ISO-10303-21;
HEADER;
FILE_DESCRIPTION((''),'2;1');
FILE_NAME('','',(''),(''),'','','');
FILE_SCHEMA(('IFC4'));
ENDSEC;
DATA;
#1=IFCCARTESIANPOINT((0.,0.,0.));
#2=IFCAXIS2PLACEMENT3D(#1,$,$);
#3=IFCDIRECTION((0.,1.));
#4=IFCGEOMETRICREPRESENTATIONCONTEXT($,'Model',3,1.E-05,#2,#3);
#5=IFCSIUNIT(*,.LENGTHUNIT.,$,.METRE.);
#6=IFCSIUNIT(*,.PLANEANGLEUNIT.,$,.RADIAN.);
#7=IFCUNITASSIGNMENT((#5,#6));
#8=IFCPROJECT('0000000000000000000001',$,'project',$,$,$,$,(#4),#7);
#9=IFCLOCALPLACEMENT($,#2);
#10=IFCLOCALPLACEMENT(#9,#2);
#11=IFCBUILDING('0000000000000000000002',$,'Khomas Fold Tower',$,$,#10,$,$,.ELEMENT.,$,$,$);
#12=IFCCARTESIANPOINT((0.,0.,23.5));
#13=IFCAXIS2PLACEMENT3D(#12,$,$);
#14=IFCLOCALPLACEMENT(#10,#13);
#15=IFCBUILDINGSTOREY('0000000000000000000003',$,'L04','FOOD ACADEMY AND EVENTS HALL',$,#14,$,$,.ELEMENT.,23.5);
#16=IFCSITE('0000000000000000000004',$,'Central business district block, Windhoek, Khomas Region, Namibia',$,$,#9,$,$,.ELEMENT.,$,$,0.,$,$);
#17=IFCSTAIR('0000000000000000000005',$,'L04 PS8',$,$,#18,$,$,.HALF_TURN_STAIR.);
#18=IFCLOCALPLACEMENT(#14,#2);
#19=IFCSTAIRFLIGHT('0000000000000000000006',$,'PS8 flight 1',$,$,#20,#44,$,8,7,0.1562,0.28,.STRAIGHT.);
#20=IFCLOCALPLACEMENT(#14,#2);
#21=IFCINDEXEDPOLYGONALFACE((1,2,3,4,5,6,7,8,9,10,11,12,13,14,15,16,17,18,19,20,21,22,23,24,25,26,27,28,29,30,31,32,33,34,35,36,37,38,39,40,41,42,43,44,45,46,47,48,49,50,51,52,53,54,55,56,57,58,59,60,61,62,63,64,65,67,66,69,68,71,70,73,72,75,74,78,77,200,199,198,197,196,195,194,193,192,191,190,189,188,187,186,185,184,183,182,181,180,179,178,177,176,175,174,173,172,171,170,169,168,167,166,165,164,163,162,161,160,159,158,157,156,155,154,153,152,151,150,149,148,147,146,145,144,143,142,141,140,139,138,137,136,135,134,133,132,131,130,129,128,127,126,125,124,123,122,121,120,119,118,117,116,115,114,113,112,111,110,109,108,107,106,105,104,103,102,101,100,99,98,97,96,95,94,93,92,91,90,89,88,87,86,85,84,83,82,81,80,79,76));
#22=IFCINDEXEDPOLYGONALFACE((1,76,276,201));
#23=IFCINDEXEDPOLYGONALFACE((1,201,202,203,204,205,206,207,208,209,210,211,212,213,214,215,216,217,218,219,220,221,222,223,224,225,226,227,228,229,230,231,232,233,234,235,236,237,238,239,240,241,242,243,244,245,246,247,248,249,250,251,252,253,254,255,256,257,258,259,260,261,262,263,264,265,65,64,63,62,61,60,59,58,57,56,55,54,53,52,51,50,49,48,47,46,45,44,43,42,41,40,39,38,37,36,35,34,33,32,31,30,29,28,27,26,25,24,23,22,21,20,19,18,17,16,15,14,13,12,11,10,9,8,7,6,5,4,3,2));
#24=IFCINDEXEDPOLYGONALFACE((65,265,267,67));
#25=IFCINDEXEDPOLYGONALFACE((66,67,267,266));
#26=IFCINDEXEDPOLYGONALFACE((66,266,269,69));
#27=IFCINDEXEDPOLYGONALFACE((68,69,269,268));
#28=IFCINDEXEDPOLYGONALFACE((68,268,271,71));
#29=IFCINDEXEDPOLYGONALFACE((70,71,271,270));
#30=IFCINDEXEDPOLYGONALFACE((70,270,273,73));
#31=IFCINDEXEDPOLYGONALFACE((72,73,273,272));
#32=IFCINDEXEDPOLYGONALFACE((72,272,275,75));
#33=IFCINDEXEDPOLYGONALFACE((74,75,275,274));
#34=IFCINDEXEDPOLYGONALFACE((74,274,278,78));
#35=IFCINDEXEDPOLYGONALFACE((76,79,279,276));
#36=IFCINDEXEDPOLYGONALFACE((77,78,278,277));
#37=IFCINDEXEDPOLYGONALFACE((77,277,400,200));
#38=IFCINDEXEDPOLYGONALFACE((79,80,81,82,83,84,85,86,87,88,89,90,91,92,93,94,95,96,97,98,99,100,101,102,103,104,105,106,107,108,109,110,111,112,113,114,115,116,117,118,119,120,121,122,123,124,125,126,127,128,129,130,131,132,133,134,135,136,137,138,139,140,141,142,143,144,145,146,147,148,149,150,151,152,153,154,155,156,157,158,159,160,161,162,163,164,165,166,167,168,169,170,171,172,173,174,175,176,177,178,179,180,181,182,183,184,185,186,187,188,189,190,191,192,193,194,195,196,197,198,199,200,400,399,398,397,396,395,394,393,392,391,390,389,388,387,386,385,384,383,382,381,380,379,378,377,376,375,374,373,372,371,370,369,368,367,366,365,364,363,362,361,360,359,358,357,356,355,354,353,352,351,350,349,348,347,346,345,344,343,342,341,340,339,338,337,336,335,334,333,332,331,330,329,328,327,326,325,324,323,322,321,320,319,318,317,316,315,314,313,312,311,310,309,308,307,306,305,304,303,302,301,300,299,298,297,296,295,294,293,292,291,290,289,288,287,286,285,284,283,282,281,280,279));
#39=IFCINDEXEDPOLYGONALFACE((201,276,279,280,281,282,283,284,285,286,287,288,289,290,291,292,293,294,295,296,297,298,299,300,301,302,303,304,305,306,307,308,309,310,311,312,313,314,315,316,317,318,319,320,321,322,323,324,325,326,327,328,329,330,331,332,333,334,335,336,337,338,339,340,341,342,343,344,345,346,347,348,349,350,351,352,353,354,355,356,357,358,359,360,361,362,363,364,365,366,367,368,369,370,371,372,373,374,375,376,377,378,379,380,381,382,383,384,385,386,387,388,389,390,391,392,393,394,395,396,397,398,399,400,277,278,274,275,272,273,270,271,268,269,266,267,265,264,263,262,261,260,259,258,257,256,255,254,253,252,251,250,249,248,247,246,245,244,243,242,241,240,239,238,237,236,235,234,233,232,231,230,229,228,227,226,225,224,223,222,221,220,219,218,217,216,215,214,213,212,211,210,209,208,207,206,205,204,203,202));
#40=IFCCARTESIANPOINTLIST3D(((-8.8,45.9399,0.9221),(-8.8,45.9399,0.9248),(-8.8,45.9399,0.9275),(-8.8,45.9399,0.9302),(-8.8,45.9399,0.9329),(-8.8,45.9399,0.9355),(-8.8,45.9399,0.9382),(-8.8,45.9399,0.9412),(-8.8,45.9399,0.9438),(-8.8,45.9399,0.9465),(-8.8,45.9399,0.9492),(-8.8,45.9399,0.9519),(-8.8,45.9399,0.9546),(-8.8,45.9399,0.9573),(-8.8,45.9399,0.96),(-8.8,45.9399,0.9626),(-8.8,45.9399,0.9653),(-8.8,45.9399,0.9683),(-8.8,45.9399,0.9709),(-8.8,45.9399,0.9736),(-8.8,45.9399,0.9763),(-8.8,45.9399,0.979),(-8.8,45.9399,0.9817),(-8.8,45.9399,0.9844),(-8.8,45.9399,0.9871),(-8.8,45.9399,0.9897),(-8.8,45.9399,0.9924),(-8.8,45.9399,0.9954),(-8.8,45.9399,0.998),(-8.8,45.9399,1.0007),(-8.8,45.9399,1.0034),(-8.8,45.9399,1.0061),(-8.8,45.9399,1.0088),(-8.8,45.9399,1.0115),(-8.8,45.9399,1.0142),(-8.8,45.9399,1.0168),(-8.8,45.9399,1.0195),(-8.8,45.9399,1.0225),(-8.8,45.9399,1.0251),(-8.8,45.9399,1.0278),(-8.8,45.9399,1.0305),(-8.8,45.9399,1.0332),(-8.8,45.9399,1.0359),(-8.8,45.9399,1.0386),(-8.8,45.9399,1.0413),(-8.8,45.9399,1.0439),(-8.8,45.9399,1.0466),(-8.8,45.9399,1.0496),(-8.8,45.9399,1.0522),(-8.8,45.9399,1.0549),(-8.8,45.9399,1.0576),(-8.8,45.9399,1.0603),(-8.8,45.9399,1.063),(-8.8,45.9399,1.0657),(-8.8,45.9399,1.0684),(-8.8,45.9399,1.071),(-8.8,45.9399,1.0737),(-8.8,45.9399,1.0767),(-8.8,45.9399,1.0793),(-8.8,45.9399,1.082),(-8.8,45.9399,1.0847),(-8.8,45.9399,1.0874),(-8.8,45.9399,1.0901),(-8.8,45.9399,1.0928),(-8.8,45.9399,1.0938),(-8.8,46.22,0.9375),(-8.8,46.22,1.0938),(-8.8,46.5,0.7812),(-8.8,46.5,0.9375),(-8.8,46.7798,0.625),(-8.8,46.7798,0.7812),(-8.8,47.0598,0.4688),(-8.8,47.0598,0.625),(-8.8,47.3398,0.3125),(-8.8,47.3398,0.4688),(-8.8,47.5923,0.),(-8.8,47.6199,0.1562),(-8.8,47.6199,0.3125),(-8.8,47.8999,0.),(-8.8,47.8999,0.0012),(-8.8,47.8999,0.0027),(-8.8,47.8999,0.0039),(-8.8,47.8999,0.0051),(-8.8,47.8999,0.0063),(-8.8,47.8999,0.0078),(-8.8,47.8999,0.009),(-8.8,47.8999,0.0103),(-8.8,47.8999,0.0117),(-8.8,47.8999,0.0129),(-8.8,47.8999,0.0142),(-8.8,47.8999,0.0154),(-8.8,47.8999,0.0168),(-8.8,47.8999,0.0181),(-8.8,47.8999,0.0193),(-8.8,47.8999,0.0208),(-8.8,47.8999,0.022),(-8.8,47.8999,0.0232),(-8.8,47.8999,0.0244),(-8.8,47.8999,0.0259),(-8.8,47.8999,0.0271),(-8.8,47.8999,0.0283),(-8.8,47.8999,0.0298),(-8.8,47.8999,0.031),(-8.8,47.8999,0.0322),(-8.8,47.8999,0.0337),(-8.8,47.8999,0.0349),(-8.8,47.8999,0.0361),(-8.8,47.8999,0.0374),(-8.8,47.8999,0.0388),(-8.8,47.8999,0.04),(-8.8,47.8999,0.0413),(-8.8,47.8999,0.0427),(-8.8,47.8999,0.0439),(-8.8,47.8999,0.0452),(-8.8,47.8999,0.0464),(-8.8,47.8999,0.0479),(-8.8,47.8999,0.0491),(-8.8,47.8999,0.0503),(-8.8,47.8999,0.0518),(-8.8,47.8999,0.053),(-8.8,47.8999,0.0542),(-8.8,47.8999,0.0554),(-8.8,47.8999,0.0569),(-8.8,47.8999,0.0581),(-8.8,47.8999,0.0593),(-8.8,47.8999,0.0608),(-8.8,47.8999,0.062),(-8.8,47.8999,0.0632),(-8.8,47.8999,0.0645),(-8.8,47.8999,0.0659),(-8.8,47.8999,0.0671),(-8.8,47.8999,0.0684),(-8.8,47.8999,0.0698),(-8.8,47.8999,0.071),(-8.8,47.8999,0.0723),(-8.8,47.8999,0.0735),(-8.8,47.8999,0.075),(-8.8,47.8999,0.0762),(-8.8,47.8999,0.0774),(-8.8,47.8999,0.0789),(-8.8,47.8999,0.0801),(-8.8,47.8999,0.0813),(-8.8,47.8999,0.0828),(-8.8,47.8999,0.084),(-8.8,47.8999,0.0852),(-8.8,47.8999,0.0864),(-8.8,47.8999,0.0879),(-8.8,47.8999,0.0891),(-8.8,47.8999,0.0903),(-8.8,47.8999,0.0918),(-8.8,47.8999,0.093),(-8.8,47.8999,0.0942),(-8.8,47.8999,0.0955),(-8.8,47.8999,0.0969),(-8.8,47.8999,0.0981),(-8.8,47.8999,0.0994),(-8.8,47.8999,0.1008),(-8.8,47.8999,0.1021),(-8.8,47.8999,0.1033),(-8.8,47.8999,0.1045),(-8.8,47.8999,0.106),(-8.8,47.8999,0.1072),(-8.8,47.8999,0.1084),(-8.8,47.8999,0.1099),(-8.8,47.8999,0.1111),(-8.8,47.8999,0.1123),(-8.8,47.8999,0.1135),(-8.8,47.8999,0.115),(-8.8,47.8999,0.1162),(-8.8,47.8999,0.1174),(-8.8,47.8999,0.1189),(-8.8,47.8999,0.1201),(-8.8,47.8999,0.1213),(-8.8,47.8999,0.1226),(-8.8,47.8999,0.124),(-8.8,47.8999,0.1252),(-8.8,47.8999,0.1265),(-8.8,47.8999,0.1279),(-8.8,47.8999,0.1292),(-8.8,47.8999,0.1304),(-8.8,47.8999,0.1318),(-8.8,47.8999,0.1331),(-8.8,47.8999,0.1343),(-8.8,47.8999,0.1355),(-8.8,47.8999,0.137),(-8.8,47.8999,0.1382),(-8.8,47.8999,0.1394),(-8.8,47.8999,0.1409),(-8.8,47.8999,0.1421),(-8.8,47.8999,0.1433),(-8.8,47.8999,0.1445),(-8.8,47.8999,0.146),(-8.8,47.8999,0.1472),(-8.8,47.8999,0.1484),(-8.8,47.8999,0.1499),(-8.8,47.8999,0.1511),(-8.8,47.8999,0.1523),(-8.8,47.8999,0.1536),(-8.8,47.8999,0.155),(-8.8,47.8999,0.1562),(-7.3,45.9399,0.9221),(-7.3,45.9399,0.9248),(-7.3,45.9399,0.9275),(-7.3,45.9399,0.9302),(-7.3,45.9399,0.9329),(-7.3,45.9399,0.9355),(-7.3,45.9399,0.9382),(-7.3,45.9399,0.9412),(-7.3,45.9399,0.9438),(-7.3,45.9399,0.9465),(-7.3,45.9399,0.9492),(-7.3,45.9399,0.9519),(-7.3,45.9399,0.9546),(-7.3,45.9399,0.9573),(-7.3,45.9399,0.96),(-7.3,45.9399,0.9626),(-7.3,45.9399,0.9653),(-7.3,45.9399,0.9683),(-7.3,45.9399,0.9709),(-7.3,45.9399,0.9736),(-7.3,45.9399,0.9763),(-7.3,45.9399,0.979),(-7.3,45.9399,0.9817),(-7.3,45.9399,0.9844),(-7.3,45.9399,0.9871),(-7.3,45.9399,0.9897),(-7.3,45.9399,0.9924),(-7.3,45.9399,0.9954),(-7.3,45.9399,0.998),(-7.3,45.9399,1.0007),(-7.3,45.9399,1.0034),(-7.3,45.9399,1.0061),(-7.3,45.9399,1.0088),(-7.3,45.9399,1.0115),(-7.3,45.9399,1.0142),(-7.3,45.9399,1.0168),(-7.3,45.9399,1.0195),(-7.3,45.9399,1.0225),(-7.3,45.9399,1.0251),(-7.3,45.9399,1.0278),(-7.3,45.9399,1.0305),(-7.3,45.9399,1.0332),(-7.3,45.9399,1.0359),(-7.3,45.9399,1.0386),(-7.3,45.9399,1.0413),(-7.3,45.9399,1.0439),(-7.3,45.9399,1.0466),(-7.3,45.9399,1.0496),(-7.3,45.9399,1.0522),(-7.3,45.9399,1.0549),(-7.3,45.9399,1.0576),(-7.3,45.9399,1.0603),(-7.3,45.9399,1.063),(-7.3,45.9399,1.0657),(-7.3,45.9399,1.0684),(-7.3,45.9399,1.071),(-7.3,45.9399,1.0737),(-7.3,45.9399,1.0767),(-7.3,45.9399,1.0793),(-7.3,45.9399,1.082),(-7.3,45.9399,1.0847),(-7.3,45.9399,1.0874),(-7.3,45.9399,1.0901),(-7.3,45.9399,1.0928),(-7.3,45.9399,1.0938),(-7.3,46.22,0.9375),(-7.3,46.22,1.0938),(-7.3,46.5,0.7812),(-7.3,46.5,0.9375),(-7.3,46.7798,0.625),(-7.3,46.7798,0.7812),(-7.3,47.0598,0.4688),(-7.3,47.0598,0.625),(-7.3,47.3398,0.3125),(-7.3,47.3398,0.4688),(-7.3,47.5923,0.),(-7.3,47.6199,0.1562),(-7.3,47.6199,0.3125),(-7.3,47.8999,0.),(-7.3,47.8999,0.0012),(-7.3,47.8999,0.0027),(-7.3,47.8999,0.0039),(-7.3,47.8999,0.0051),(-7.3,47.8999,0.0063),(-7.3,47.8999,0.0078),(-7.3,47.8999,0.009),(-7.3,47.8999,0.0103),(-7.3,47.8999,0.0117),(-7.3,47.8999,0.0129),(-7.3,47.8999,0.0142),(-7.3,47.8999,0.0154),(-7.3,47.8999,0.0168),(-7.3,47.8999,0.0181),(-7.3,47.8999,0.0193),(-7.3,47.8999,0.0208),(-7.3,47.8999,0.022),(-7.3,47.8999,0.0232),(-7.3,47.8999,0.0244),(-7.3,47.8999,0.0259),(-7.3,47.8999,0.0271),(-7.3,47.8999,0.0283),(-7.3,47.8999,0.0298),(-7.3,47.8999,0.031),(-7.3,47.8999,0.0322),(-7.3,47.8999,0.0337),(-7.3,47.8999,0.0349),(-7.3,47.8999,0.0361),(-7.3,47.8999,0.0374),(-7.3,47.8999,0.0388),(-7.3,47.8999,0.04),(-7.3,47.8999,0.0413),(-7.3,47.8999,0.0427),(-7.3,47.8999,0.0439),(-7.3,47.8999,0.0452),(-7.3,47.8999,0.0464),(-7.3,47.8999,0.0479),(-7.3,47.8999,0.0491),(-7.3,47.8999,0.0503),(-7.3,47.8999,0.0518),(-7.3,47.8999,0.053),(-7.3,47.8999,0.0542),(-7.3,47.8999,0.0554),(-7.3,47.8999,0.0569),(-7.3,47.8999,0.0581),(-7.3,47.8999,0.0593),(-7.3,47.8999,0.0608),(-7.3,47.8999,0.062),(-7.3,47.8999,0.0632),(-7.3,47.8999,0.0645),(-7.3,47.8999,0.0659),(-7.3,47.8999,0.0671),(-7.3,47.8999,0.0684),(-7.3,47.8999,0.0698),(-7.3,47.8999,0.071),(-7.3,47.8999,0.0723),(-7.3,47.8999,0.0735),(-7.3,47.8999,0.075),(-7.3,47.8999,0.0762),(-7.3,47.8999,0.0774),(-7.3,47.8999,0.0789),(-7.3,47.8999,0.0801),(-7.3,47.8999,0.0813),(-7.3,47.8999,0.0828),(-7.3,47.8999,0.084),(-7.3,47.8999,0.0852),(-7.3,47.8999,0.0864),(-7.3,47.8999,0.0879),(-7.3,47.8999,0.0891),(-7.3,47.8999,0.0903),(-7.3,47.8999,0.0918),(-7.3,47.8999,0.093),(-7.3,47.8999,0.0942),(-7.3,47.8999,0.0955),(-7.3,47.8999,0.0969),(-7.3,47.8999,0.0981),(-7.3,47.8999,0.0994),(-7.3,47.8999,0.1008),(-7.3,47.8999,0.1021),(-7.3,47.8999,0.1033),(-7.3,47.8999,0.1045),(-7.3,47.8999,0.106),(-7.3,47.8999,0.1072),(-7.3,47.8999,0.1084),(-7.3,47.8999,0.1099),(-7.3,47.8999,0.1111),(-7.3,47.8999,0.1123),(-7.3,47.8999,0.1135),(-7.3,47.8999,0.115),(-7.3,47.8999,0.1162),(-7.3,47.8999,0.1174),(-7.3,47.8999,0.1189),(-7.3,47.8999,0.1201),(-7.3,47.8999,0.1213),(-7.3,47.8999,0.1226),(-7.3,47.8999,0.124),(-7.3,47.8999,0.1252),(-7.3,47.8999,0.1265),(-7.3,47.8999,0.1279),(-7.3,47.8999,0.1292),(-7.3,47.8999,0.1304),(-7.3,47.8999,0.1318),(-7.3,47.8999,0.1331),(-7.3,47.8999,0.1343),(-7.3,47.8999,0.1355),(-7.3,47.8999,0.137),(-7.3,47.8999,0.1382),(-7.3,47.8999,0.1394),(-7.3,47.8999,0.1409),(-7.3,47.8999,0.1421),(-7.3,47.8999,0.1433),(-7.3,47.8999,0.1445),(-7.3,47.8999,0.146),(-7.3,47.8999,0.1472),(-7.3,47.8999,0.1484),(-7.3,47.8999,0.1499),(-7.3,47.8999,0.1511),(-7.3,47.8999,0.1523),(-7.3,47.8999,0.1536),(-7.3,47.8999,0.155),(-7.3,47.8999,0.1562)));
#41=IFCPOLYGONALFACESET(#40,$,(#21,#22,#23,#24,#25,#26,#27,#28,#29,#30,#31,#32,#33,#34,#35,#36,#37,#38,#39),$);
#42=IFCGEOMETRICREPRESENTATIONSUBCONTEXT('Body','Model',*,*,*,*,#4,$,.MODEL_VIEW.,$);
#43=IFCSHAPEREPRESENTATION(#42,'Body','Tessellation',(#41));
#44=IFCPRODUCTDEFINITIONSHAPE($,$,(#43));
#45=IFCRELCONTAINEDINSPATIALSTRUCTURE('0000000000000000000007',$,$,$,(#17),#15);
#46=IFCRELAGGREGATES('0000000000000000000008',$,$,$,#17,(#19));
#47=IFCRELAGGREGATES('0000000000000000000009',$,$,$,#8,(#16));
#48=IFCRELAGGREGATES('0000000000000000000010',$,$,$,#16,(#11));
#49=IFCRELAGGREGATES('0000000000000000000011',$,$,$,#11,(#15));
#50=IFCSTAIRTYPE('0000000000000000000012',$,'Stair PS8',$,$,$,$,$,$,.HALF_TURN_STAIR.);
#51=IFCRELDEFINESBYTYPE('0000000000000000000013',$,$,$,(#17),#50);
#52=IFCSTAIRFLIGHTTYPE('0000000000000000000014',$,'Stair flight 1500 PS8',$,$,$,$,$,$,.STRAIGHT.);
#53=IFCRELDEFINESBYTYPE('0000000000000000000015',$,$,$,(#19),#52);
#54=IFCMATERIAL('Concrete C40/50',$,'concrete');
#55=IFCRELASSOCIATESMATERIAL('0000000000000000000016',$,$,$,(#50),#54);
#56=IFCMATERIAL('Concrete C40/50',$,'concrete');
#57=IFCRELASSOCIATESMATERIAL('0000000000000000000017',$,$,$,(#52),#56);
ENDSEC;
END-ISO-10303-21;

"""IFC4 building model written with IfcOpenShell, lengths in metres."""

from ifc_helpers import new_model, si_unit, direction, frame, origin, place, context, subcontext, project, spatial, polyline, outline, extrude, source, transform, mapped, material, type_object, element, aggregate, save


model = new_model("IFC4")

# Units and contexts
model_context = context("Model", 3, precision=1e-05, world=origin(), true_north=direction((0.0, 1.0)))
body_context = subcontext(model_context, "Body", "Model", "MODEL_VIEW")
ifc_project = project(units=[si_unit("LENGTHUNIT", "METRE"), si_unit("PLANEANGLEUNIT", "RADIAN")], contexts=[model_context])

# Site, building, storey
site_placement = place(None, origin())
site = spatial("IfcSite", under=ifc_project, at=site_placement, Name="Central business district block, Windhoek, Khomas Region, Namibia", CompositionType="ELEMENT", RefElevation=0.0)
building_placement = place(site_placement, origin())
building = spatial("IfcBuilding", under=site, at=building_placement, Name="Khomas Fold Tower", CompositionType="ELEMENT")
storey_placement = place(building_placement, frame((0.0, 0.0, 23.5)))
storey = spatial("IfcBuildingStorey", under=building, at=storey_placement, Name="L04", Description="FOOD ACADEMY AND EVENTS HALL", CompositionType="ELEMENT", Elevation=23.5)

# Stair, stair flight
shared_shape_1 = source(origin(), body_context, "Body", "SweptSolid", [
    extrude(outline(polyline([(0.0, 0.0), (0.0, 0.0012), (0.0, 0.0027), (0.0, 0.0039), (0.0, 0.0051), (0.0, 0.0063), (0.0, 0.0078), (0.0, 0.009), (0.0, 0.0103), (0.0, 0.0117), (0.0, 0.0129), (0.0, 0.0142), (0.0, 0.0154), (0.0, 0.0168), (0.0, 0.0181), (0.0, 0.0193), (0.0, 0.0208), (0.0, 0.022), (0.0, 0.0232), (0.0, 0.0244), (0.0, 0.0259), (0.0, 0.0271), (0.0, 0.0283), (0.0, 0.0298), (0.0, 0.031), (0.0, 0.0322), (0.0, 0.0337), (0.0, 0.0349), (0.0, 0.0361), (0.0, 0.0374), (0.0, 0.0388), (0.0, 0.04), (0.0, 0.0413), (0.0, 0.0427), (0.0, 0.0439), (0.0, 0.0452), (0.0, 0.0464), (0.0, 0.0479), (0.0, 0.0491), (0.0, 0.0503), (0.0, 0.0518), (0.0, 0.053), (0.0, 0.0542), (0.0, 0.0554), (0.0, 0.0569), (0.0, 0.0581), (0.0, 0.0593), (0.0, 0.0608), (0.0, 0.062), (0.0, 0.0632), (0.0, 0.0645), (0.0, 0.0659), (0.0, 0.0671), (0.0, 0.0684), (0.0, 0.0698), (0.0, 0.071), (0.0, 0.0723), (0.0, 0.0735), (0.0, 0.075), (0.0, 0.0762), (0.0, 0.0774), (0.0, 0.0789), (0.0, 0.0801), (0.0, 0.0813), (0.0, 0.0828), (0.0, 0.084), (0.0, 0.0852), (0.0, 0.0864), (0.0, 0.0879), (0.0, 0.0891), (0.0, 0.0903), (0.0, 0.0918), (0.0, 0.093), (0.0, 0.0942), (0.0, 0.0955), (0.0, 0.0969), (0.0, 0.0981), (0.0, 0.0994), (0.0, 0.1008), (0.0, 0.1021), (0.0, 0.1033), (0.0, 0.1045), (0.0, 0.106), (0.0, 0.1072), (0.0, 0.1084), (0.0, 0.1099), (0.0, 0.1111), (0.0, 0.1123), (0.0, 0.1135), (0.0, 0.115), (0.0, 0.1162), (0.0, 0.1174), (0.0, 0.1189), (0.0, 0.1201), (0.0, 0.1213), (0.0, 0.1226), (0.0, 0.124), (0.0, 0.1252), (0.0, 0.1265), (0.0, 0.1279), (0.0, 0.1292), (0.0, 0.1304), (0.0, 0.1318), (0.0, 0.1331), (0.0, 0.1343), (0.0, 0.1355), (0.0, 0.137), (0.0, 0.1382), (0.0, 0.1394), (0.0, 0.1409), (0.0, 0.1421), (0.0, 0.1433), (0.0, 0.1445), (0.0, 0.146), (0.0, 0.1472), (0.0, 0.1484), (0.0, 0.1499), (0.0, 0.1511), (0.0, 0.1523), (0.0, 0.1536), (0.0, 0.155), (0.0, 0.1562), (0.28, 0.1562), (0.28, 0.3125), (0.5601, 0.3125), (0.5601, 0.4688), (0.8401, 0.4688), (0.8401, 0.625), (1.1201, 0.625), (1.1201, 0.7812), (1.3999, 0.7812), (1.3999, 0.9375), (1.6799, 0.9375), (1.6799, 1.0938), (1.96, 1.0938), (1.96, 1.25), (1.96, 1.2473), (1.96, 1.2446), (1.96, 1.2419), (1.96, 1.2393), (1.96, 1.2363), (1.96, 1.2336), (1.96, 1.231), (1.96, 1.2283), (1.96, 1.2256), (1.96, 1.2229), (1.96, 1.2202), (1.96, 1.2175), (1.96, 1.2148), (1.96, 1.2122), (1.96, 1.2092), (1.96, 1.2065), (1.96, 1.2039), (1.96, 1.2012), (1.96, 1.1985), (1.96, 1.1958), (1.96, 1.1931), (1.96, 1.1904), (1.96, 1.1877), (1.96, 1.1851), (1.96, 1.1821), (1.96, 1.1794), (1.96, 1.1768), (1.96, 1.1741), (1.96, 1.1714), (1.96, 1.1687), (1.96, 1.166), (1.96, 1.1633), (1.96, 1.1606), (1.96, 1.158), (1.96, 1.155), (1.96, 1.1523), (1.96, 1.1497), (1.96, 1.147), (1.96, 1.1443), (1.96, 1.1416), (1.96, 1.1389), (1.96, 1.1362), (1.96, 1.1335), (1.96, 1.1309), (1.96, 1.1279), (1.96, 1.1252), (1.96, 1.1226), (1.96, 1.1199), (1.96, 1.1172), (1.96, 1.1145), (1.96, 1.1118), (1.96, 1.1091), (1.96, 1.1064), (1.96, 1.1038), (1.96, 1.1008), (1.96, 1.0981), (1.96, 1.0955), (1.96, 1.0928), (1.96, 1.0901), (1.96, 1.0874), (1.96, 1.0847), (1.96, 1.082), (1.96, 1.0793), (1.96, 1.0767), (1.96, 1.0737), (1.96, 1.071), (1.96, 1.0684), (1.96, 1.0657), (1.96, 1.063), (1.96, 1.0603), (1.96, 1.0576), (1.96, 1.0549), (1.96, 1.0522), (1.96, 1.0496), (1.96, 1.0466), (1.96, 1.0439), (1.96, 1.0413), (1.96, 1.0386), (1.96, 1.0359), (1.96, 1.0332), (1.96, 1.0305), (1.96, 1.0278), (1.96, 1.0251), (1.96, 1.0225), (1.96, 1.0195), (1.96, 1.0168), (1.96, 1.0142), (1.96, 1.0115), (1.96, 1.0088), (1.96, 1.0061), (1.96, 1.0034), (1.96, 1.0007), (1.96, 0.998), (1.96, 0.9954), (1.96, 0.9924), (1.96, 0.9897), (1.96, 0.9871), (1.96, 0.9844), (1.96, 0.9817), (1.96, 0.979), (1.96, 0.9763), (1.96, 0.9736), (1.96, 0.9709), (1.96, 0.9683), (1.96, 0.9653), (1.96, 0.9626), (1.96, 0.96), (1.96, 0.9573), (1.96, 0.9546), (1.96, 0.9519), (1.96, 0.9492), (1.96, 0.9465), (1.96, 0.9438), (1.96, 0.9412), (1.96, 0.9382), (1.96, 0.9355), (1.96, 0.9329), (1.96, 0.9302), (1.96, 0.9275), (1.96, 0.9248), (1.96, 0.9221), (0.3076, 0.0), (0.0, 0.0)])), frame((0.0, 0.75, 0.0), z_axis=(0.0, -1.0, 0.0), x_axis=(1.0, 0.0, 0.0)), (0.0, 0.0, 1.0), 1.5),
])
ifc_material_1 = material(Name="Concrete C40/50", Category="concrete")
stair_type_1 = type_object("IfcStairType", Name="Stair PS8", PredefinedType="HALF_TURN_STAIR", material=ifc_material_1)
stair_1_placement = place(storey_placement, origin())
stair_1 = element("IfcStair", 1, at=stair_1_placement, inside=storey, type_object=stair_type_1, Name="L04 PS8", PredefinedType="HALF_TURN_STAIR")
ifc_material_2 = material(Name="Concrete C40/50", Category="concrete")
stair_flight_type_1 = type_object("IfcStairFlightType", Name="Stair flight 1500 PS8", PredefinedType="STRAIGHT", material=ifc_material_2)
stair_flight_1_placement = place(storey_placement, frame((-8.05, 47.8999, 0.0), z_axis=(0.0, 0.0, 1.0), x_axis=(0.0, -1.0, 0.0)))
stair_flight_1 = element("IfcStairFlight", 2, at=stair_flight_1_placement, type_object=stair_flight_type_1, Name="PS8 flight 1", NumberOfRisers=8, NumberOfTreads=7, PredefinedType="STRAIGHT", RiserHeight=0.1562, TreadLength=0.28, context=body_context, shape_type="MappedRepresentation", body=[
    mapped(shared_shape_1, transform((0.0, 0.0, 0.0))),
])
aggregate(stair_1, [stair_flight_1])

save(model, "model.ifc")
